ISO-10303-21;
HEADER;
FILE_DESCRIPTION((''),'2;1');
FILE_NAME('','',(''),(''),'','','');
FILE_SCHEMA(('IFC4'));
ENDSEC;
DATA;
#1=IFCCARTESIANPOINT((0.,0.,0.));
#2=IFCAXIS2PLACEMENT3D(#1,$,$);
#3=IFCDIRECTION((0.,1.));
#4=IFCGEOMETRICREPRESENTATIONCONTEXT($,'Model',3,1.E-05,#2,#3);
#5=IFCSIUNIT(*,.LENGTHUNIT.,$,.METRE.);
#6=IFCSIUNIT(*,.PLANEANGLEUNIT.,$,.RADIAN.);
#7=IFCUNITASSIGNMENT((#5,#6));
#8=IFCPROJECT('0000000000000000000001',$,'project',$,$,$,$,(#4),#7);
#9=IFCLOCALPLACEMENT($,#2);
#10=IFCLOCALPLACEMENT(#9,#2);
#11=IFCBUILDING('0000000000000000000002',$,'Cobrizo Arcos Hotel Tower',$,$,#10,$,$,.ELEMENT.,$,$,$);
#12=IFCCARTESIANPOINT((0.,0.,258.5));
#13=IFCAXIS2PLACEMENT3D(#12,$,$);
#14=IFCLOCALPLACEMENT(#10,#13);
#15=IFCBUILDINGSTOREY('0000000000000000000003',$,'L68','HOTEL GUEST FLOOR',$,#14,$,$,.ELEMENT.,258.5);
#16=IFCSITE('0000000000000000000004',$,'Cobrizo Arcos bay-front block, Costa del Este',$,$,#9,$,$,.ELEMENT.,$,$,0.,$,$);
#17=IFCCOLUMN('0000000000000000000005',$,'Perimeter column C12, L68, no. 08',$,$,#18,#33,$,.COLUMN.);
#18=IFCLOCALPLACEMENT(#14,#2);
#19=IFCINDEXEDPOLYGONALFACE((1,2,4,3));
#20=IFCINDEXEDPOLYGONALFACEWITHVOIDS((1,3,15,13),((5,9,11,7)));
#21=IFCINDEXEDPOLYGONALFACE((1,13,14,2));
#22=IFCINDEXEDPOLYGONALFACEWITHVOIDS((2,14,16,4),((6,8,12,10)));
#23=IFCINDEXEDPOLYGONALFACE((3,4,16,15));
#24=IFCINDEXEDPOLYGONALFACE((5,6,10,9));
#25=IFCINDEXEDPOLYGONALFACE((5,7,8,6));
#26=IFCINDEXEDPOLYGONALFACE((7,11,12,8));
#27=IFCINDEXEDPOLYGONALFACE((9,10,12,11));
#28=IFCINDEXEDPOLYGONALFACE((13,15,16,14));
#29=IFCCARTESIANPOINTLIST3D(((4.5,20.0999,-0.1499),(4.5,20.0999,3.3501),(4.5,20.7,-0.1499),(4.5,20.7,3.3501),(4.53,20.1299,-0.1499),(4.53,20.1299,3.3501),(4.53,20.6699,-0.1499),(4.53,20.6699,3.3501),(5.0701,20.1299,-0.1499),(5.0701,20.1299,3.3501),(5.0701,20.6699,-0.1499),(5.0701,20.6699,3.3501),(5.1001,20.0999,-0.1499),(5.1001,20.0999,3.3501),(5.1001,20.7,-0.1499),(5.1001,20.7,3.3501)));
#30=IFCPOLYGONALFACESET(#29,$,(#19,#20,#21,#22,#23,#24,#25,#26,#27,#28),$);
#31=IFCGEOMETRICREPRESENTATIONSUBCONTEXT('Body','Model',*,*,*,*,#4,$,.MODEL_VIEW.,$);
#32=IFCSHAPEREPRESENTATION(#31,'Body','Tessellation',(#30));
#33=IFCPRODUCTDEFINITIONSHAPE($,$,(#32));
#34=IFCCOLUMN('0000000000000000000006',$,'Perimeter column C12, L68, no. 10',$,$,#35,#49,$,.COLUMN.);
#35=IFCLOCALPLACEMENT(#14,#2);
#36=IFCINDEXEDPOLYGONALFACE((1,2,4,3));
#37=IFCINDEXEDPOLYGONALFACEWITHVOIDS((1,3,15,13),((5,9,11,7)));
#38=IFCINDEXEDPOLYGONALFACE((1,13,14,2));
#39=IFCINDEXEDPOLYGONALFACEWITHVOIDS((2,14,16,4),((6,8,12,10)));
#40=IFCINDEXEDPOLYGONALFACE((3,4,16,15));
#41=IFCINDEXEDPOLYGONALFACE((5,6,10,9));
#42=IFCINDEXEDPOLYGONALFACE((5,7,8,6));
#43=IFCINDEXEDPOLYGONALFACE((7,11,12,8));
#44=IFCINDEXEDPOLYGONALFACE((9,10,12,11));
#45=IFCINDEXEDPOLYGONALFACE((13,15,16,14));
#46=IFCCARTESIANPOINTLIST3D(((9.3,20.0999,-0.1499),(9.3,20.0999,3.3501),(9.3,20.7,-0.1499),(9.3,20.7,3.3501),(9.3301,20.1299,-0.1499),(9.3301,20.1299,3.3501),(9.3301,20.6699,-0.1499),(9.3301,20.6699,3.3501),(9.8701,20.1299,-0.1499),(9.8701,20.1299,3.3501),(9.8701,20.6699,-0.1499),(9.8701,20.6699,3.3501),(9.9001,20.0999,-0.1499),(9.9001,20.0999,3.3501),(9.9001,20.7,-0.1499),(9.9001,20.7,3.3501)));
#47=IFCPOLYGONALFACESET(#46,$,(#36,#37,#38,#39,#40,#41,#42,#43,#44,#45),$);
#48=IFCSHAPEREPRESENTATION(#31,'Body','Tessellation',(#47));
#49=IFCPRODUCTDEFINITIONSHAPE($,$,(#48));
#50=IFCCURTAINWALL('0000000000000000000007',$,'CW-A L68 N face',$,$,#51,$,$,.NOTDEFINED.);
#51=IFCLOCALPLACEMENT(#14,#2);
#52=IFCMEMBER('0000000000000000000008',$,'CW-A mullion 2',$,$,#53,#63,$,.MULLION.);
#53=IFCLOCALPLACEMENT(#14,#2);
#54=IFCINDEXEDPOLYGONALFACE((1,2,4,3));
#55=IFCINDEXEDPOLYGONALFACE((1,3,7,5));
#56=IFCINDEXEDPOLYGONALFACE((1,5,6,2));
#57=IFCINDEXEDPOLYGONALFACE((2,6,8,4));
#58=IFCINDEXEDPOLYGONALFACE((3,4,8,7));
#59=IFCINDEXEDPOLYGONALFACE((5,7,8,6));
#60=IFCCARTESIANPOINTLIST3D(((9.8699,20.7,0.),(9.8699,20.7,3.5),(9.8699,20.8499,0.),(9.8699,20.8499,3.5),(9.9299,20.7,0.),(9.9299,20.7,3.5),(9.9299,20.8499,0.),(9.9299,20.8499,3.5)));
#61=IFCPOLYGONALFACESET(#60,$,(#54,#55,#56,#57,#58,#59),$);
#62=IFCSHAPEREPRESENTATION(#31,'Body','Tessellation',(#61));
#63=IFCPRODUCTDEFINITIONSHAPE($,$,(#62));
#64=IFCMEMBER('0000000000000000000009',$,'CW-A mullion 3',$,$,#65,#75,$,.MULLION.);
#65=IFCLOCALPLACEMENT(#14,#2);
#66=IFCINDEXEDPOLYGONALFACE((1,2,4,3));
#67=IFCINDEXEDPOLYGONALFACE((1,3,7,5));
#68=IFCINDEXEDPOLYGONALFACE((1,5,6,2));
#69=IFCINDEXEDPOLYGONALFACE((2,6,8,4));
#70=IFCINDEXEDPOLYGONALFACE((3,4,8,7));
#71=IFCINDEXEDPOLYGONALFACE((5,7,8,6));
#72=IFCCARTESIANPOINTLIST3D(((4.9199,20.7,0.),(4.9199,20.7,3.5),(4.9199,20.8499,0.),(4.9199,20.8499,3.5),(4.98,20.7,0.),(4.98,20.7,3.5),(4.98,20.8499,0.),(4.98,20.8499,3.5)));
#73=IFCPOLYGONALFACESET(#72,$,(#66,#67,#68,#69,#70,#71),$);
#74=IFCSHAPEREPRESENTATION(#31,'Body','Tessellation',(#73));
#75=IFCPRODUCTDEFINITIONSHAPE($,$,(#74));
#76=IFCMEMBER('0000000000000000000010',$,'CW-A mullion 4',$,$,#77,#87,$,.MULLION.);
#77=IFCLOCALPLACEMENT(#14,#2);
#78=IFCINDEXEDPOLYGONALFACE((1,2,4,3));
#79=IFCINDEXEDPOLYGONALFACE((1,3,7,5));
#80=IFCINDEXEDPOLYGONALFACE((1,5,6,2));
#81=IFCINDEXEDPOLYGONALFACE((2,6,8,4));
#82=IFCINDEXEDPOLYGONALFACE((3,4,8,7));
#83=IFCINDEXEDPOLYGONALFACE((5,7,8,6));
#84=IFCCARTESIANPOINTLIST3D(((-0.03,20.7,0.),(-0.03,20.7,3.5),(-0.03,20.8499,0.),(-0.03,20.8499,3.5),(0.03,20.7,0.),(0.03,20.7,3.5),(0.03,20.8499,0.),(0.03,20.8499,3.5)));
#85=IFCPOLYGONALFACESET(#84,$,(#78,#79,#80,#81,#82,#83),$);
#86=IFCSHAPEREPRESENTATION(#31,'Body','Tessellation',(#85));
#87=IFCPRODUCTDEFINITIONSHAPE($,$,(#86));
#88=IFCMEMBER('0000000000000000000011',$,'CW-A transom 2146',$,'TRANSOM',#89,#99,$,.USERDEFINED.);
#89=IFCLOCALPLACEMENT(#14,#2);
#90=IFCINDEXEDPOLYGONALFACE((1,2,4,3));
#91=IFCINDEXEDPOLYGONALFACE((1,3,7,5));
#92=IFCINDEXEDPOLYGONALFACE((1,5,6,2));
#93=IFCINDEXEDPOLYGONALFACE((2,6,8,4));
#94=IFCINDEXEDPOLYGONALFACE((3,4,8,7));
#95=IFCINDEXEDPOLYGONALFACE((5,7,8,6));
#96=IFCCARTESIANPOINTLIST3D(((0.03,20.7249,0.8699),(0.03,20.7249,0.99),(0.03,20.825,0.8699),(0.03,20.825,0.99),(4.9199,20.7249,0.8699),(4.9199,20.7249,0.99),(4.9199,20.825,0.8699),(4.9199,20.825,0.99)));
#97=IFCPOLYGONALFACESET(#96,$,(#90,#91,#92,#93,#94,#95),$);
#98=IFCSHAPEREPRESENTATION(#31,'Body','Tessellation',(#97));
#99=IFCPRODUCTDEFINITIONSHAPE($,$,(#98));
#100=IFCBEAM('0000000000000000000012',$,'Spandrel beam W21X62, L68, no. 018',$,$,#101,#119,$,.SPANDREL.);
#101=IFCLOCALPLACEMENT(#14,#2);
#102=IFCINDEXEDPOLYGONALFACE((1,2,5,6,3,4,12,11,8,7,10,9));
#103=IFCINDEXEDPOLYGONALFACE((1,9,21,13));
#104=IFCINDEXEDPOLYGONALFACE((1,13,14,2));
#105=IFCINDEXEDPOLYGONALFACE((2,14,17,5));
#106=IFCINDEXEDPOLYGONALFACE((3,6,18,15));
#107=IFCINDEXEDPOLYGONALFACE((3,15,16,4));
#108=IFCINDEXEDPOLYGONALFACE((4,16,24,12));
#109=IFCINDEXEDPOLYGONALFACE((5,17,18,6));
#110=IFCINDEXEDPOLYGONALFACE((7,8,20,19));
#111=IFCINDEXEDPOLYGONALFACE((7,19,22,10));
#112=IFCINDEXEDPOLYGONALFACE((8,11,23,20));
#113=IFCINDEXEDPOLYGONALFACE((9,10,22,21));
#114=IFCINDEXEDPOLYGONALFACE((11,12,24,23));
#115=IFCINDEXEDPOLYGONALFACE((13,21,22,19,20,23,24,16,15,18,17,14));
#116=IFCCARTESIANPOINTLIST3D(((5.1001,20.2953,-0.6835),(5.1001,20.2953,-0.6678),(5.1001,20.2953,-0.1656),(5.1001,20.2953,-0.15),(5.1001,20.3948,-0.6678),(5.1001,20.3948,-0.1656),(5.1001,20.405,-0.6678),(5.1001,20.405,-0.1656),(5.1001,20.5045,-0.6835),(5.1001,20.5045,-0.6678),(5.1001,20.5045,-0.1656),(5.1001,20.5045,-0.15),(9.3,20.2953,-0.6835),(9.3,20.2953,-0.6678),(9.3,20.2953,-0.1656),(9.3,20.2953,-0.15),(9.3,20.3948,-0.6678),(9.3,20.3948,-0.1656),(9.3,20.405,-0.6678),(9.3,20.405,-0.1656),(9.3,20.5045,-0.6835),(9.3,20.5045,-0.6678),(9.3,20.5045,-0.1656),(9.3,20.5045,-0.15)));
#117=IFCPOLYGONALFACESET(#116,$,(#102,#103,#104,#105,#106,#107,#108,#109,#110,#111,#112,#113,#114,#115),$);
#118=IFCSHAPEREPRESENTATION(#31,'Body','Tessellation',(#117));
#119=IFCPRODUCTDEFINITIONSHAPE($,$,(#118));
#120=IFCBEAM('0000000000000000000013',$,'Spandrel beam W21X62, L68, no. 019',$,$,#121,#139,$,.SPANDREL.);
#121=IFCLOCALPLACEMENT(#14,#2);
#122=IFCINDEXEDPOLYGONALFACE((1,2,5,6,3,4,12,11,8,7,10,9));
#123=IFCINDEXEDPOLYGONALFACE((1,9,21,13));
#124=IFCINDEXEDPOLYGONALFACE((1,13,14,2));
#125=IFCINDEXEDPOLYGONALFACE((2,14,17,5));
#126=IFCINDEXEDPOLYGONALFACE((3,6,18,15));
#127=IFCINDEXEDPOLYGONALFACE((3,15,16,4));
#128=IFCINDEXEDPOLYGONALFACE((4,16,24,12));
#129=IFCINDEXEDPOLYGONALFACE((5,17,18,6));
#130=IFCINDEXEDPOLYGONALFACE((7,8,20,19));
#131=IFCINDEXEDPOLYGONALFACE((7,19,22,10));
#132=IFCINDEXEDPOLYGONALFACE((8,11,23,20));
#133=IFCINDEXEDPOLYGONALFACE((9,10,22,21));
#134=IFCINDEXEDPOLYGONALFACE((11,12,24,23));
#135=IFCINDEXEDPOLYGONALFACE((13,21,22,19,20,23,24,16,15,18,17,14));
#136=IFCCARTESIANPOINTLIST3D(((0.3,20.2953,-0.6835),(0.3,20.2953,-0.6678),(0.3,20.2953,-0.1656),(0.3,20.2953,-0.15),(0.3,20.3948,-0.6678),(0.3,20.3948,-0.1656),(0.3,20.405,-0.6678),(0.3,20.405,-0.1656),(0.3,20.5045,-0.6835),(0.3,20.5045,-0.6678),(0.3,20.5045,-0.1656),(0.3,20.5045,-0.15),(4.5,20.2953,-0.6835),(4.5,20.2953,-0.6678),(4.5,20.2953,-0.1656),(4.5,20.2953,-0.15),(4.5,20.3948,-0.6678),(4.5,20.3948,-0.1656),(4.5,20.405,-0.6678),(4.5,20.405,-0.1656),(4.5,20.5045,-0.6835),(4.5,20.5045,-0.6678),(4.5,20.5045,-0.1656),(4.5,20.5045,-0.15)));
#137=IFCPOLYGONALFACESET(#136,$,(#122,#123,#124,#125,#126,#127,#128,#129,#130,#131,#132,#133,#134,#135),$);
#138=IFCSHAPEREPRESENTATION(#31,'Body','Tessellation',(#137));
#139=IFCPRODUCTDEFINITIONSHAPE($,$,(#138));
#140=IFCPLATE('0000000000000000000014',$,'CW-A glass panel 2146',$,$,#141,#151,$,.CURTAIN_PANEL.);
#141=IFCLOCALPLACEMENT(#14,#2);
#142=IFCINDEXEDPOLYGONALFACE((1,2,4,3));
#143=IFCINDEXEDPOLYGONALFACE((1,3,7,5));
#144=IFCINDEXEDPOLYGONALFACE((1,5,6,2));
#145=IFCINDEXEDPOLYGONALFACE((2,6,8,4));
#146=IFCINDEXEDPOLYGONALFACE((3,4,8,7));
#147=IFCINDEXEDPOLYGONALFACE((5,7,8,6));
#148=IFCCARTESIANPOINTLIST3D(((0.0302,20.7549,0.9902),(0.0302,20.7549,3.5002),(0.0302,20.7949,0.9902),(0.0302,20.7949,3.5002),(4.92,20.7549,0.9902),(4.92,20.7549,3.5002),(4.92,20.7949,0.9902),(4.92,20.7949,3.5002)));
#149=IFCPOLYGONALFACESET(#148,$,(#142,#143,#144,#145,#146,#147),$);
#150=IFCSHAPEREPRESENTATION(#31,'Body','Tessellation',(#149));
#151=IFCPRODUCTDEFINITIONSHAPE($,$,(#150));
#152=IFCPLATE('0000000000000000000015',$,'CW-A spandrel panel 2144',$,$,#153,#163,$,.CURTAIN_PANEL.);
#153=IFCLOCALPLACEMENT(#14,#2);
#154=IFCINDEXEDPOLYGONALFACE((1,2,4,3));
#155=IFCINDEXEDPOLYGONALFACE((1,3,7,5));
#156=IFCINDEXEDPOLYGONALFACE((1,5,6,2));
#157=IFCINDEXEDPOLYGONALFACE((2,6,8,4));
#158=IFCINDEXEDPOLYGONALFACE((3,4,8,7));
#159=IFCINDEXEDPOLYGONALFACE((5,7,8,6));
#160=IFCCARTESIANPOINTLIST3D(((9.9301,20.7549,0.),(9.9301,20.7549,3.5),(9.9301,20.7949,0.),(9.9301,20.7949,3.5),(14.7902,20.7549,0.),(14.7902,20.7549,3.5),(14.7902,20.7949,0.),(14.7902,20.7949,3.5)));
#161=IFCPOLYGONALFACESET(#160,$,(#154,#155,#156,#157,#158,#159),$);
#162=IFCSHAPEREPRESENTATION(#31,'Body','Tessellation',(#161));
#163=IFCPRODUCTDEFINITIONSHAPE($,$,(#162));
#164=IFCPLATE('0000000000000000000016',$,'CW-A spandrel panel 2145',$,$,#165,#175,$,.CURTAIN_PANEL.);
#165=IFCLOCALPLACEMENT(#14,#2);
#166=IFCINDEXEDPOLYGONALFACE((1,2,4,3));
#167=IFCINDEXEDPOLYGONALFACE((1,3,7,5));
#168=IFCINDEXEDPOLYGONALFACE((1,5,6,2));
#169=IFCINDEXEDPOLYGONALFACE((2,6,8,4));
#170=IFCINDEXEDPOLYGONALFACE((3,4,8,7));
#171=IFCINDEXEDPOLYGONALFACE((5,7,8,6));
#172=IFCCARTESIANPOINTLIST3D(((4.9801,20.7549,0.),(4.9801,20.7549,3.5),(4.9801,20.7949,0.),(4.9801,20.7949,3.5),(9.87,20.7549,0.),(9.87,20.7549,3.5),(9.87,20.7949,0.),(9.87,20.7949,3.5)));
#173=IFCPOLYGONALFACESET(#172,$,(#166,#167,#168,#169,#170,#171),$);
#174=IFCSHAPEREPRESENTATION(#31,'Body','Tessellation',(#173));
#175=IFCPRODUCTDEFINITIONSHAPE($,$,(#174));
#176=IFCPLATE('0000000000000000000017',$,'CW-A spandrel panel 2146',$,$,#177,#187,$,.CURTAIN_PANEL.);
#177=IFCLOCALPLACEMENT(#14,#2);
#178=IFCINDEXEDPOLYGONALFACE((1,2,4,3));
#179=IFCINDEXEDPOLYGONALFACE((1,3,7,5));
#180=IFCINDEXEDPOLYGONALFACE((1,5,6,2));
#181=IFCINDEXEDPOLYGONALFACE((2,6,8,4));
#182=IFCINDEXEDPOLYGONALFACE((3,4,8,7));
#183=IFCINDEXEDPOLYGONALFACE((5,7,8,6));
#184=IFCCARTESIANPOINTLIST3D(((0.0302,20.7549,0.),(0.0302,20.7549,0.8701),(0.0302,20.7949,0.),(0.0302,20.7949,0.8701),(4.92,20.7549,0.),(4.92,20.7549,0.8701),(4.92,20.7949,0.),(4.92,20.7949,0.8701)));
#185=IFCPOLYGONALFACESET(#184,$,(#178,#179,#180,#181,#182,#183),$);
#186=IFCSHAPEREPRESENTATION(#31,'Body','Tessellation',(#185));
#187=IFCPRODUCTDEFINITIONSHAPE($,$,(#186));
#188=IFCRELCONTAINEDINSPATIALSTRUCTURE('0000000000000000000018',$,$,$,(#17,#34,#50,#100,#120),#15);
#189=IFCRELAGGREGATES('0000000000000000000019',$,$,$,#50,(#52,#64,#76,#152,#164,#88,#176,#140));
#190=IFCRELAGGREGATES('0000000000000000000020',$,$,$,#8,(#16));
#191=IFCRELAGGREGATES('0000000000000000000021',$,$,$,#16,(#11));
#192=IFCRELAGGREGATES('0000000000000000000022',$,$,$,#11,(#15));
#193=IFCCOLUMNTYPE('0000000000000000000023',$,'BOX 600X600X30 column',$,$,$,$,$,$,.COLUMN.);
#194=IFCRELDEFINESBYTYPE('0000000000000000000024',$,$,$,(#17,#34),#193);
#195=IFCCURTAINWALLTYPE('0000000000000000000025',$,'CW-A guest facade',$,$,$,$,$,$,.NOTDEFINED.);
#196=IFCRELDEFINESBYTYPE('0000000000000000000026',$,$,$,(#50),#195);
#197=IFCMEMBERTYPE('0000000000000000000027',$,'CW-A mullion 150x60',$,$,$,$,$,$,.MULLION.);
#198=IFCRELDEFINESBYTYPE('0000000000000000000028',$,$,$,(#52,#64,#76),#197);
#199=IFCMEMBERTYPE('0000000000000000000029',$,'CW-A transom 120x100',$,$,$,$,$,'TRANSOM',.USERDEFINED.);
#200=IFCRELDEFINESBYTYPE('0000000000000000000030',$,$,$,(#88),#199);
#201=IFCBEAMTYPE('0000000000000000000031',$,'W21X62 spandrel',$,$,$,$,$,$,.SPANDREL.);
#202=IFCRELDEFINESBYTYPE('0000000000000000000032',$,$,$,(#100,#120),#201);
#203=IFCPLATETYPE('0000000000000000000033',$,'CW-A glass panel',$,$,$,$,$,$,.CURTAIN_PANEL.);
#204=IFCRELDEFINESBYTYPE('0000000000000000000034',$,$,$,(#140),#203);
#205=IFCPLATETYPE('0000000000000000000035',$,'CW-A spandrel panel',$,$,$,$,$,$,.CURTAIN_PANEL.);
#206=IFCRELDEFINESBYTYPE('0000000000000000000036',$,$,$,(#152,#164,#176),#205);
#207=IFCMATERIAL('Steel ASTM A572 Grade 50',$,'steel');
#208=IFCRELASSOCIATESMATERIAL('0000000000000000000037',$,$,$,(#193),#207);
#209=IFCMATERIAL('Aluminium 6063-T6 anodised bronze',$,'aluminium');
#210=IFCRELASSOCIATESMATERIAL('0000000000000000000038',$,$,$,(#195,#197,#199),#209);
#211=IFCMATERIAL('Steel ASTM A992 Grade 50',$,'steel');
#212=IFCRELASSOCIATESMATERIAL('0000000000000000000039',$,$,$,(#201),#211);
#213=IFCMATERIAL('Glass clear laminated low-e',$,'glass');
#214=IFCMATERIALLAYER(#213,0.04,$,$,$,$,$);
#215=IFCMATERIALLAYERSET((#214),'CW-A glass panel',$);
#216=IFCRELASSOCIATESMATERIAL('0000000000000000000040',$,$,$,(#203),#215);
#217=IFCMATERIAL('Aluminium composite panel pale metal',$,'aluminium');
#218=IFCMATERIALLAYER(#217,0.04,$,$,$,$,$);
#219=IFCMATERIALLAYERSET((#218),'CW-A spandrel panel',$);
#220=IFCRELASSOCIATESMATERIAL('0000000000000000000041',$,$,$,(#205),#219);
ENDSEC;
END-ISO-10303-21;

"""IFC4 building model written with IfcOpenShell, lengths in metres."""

from ifc_helpers import new_model, si_unit, direction, frame, origin, origin_2d, place, context, subcontext, project, spatial, rectangle, hollow_rectangle, i_section, extrude, material, layer, layer_set, material_profile, profile_set, type_object, element, aggregate, save


model = new_model("IFC4")

# Units and contexts
model_context = context("Model", 3, precision=1e-05, world=origin(), true_north=direction((0.0, 1.0)))
body_context = subcontext(model_context, "Body", "Model", "MODEL_VIEW")
ifc_project = project(units=[si_unit("LENGTHUNIT", "METRE"), si_unit("PLANEANGLEUNIT", "RADIAN")], contexts=[model_context])

# Site, building, storey
site_placement = place(None, origin())
site = spatial("IfcSite", under=ifc_project, at=site_placement, Name="Cobrizo Arcos bay-front block, Costa del Este", CompositionType="ELEMENT", RefElevation=0.0)
building_placement = place(site_placement, origin())
building = spatial("IfcBuilding", under=site, at=building_placement, Name="Cobrizo Arcos Hotel Tower", CompositionType="ELEMENT")
storey_placement = place(building_placement, frame((0.0, 0.0, 258.5)))
storey = spatial("IfcBuildingStorey", under=building, at=storey_placement, Name="L68", Description="HOTEL GUEST FLOOR", CompositionType="ELEMENT", Elevation=258.5)

# Columns
ifc_material_1 = material(Name="Steel ASTM A572 Grade 50", Category="steel")
ifc_material_profile_1 = material_profile(ifc_material_1, hollow_rectangle(XDim=0.6001, YDim=0.6001, WallThickness=0.03, at=origin_2d()), Name="BOX 600X600X30")
ifc_profile_set_1 = profile_set([ifc_material_profile_1], Name="Steel ASTM A572 Grade 50")
column_type = type_object("IfcColumnType", Name="BOX 600X600X30 column", PredefinedType="COLUMN", material=ifc_profile_set_1)
for number, where, z_axis, x_axis, name in (
    (1, (4.8, 20.3999, -0.1499), (0.0, 0.0, 1.0), (1.0, 0.0, 0.0), "Perimeter column C12, L68, no. 08"),
    (2, (9.6001, 20.3999, -0.1499), (0.0, 0.0, 1.0), (1.0, 0.0, 0.0), "Perimeter column C12, L68, no. 10"),
):
    element("IfcColumn", number, at=place(storey_placement, frame(where, z_axis=z_axis, x_axis=x_axis)), inside=storey, type_object=column_type, Name=name, PredefinedType="COLUMN", context=body_context, shape_type="SweptSolid", body=[
        extrude(hollow_rectangle(XDim=0.6001, YDim=0.6001, WallThickness=0.03, at=origin_2d()), origin(), (0.0, 0.0, 1.0), 3.5),
    ])

# Curtain wall, members
ifc_material_2 = material(Name="Aluminium 6063-T6 anodised bronze", Category="aluminium")
curtain_wall_type = type_object("IfcCurtainWallType", Name="CW-A guest facade", PredefinedType="NOTDEFINED", material=ifc_material_2)
curtain_wall_placement = place(storey_placement, origin())
curtain_wall = element("IfcCurtainWall", 3, at=curtain_wall_placement, inside=storey, type_object=curtain_wall_type, Name="CW-A L68 N face", PredefinedType="NOTDEFINED")
ifc_material_profile_2 = material_profile(ifc_material_2, rectangle(XDim=0.1499, YDim=0.0601, at=origin_2d()), Name="CW-A mullion 150x60")
ifc_profile_set_2 = profile_set([ifc_material_profile_2], Name="Aluminium 6063-T6 anodised bronze")
member_type_1 = type_object("IfcMemberType", Name="CW-A mullion 150x60", PredefinedType="MULLION", material=ifc_profile_set_2)
member_1_placement = place(storey_placement, frame((9.8999, 20.7749, 0.0), z_axis=(0.0, 0.0, 1.0), x_axis=(0.0, 1.0, 0.0)))
member_1 = element("IfcMember", 4, at=member_1_placement, type_object=member_type_1, Name="CW-A mullion 2", PredefinedType="MULLION", context=body_context, shape_type="SweptSolid", body=[
    extrude(rectangle(XDim=0.1499, YDim=0.0601, at=origin_2d()), origin(), (0.0, 0.0, 1.0), 3.5),
])
member_2_placement = place(storey_placement, frame((4.95, 20.7749, 0.0), z_axis=(0.0, 0.0, 1.0), x_axis=(0.0, 1.0, 0.0)))
member_2 = element("IfcMember", 5, at=member_2_placement, type_object=member_type_1, Name="CW-A mullion 3", PredefinedType="MULLION", context=body_context, shape_type="SweptSolid", body=[
    extrude(rectangle(XDim=0.1499, YDim=0.0601, at=origin_2d()), origin(), (0.0, 0.0, 1.0), 3.5),
])
member_3_placement = place(storey_placement, frame((0.0, 20.7749, 0.0), z_axis=(0.0, 0.0, 1.0), x_axis=(0.0, 1.0, 0.0)))
member_3 = element("IfcMember", 6, at=member_3_placement, type_object=member_type_1, Name="CW-A mullion 4", PredefinedType="MULLION", context=body_context, shape_type="SweptSolid", body=[
    extrude(rectangle(XDim=0.1499, YDim=0.0601, at=origin_2d()), origin(), (0.0, 0.0, 1.0), 3.5),
])
ifc_material_profile_3 = material_profile(ifc_material_2, rectangle(XDim=0.1001, YDim=0.1201, at=origin_2d()), Name="CW-A transom 120x100")
ifc_profile_set_3 = profile_set([ifc_material_profile_3], Name="Aluminium 6063-T6 anodised bronze")
member_type_2 = type_object("IfcMemberType", Name="CW-A transom 120x100", ElementType="TRANSOM", PredefinedType="USERDEFINED", material=ifc_profile_set_3)
member_4_placement = place(storey_placement, frame((4.9199, 20.7749, 0.9299), z_axis=(-1.0, 0.0, 0.0), x_axis=(0.0, -1.0, 0.0)))
member_4 = element("IfcMember", 7, at=member_4_placement, type_object=member_type_2, Name="CW-A transom 2146", ObjectType="TRANSOM", PredefinedType="USERDEFINED", context=body_context, shape_type="SweptSolid", body=[
    extrude(rectangle(XDim=0.1001, YDim=0.1201, at=origin_2d()), origin(), (0.0, 0.0, 1.0), 4.8899),
])

# Beams
ifc_material_3 = material(Name="Steel ASTM A992 Grade 50", Category="steel")
ifc_material_profile_4 = material_profile(ifc_material_3, i_section(OverallWidth=0.2092, OverallDepth=0.5334, WebThickness=0.0103, FlangeThickness=0.0156, at=origin_2d()), Name="W21X62")
ifc_profile_set_4 = profile_set([ifc_material_profile_4], Name="Steel ASTM A992 Grade 50")
beam_type = type_object("IfcBeamType", Name="W21X62 spandrel", PredefinedType="SPANDREL", material=ifc_profile_set_4)
for number, where, z_axis, x_axis, name in (
    (8, (9.3, 20.3999, -0.4167), (-1.0, 0.0, 0.0), (0.0, -1.0, 0.0), "Spandrel beam W21X62, L68, no. 018"),
    (9, (4.5, 20.3999, -0.4167), (-1.0, 0.0, 0.0), (0.0, -1.0, 0.0), "Spandrel beam W21X62, L68, no. 019"),
):
    element("IfcBeam", number, at=place(storey_placement, frame(where, z_axis=z_axis, x_axis=x_axis)), inside=storey, type_object=beam_type, Name=name, PredefinedType="SPANDREL", context=body_context, shape_type="SweptSolid", body=[
        extrude(i_section(OverallWidth=0.2092, OverallDepth=0.5334, WebThickness=0.0103, FlangeThickness=0.0156, at=origin_2d()), origin(), (0.0, 0.0, 1.0), 4.2),
    ])

# Plates
ifc_material_4 = material(Name="Glass clear laminated low-e", Category="glass")
ifc_layer_1 = layer(ifc_material_4, 0.04)
ifc_layer_set_1 = layer_set([ifc_layer_1], Name="CW-A glass panel")
plate_type_1 = type_object("IfcPlateType", Name="CW-A glass panel", PredefinedType="CURTAIN_PANEL", material=ifc_layer_set_1)
plate_1_placement = place(storey_placement, frame((2.4751, 20.7749, 0.9902), z_axis=(0.0, 0.0, 1.0), x_axis=(-1.0, 0.0, 0.0)))
plate_1 = element("IfcPlate", 10, at=plate_1_placement, type_object=plate_type_1, Name="CW-A glass panel 2146", PredefinedType="CURTAIN_PANEL", context=body_context, shape_type="SweptSolid", body=[
    extrude(rectangle(XDim=4.8899, YDim=0.04, at=origin_2d()), origin(), (0.0, 0.0, 1.0), 2.51),
])
ifc_material_5 = material(Name="Aluminium composite panel pale metal", Category="aluminium")
ifc_layer_2 = layer(ifc_material_5, 0.04)
ifc_layer_set_2 = layer_set([ifc_layer_2], Name="CW-A spandrel panel")
plate_type_2 = type_object("IfcPlateType", Name="CW-A spandrel panel", PredefinedType="CURTAIN_PANEL", material=ifc_layer_set_2)
plate_2_placement = place(storey_placement, frame((12.3601, 20.7749, 0.0), z_axis=(0.0, 0.0, 1.0), x_axis=(-1.0, 0.0, 0.0)))
plate_2 = element("IfcPlate", 11, at=plate_2_placement, type_object=plate_type_2, Name="CW-A spandrel panel 2144", PredefinedType="CURTAIN_PANEL", context=body_context, shape_type="SweptSolid", body=[
    extrude(rectangle(XDim=4.8601, YDim=0.04, at=origin_2d()), origin(), (0.0, 0.0, 1.0), 3.5),
])
plate_3_placement = place(storey_placement, frame((7.425, 20.7749, 0.0), z_axis=(0.0, 0.0, 1.0), x_axis=(-1.0, 0.0, 0.0)))
plate_3 = element("IfcPlate", 12, at=plate_3_placement, type_object=plate_type_2, Name="CW-A spandrel panel 2145", PredefinedType="CURTAIN_PANEL", context=body_context, shape_type="SweptSolid", body=[
    extrude(rectangle(XDim=4.8899, YDim=0.04, at=origin_2d()), origin(), (0.0, 0.0, 1.0), 3.5),
])
plate_4_placement = place(storey_placement, frame((2.4751, 20.7749, 0.0), z_axis=(0.0, 0.0, 1.0), x_axis=(-1.0, 0.0, 0.0)))
plate_4 = element("IfcPlate", 13, at=plate_4_placement, type_object=plate_type_2, Name="CW-A spandrel panel 2146", PredefinedType="CURTAIN_PANEL", context=body_context, shape_type="SweptSolid", body=[
    extrude(rectangle(XDim=4.8899, YDim=0.04, at=origin_2d()), origin(), (0.0, 0.0, 1.0), 0.8701),
])
aggregate(curtain_wall, [member_1, member_2, member_3, plate_2, plate_3, member_4, plate_4, plate_1])

save(model, "model.ifc")
